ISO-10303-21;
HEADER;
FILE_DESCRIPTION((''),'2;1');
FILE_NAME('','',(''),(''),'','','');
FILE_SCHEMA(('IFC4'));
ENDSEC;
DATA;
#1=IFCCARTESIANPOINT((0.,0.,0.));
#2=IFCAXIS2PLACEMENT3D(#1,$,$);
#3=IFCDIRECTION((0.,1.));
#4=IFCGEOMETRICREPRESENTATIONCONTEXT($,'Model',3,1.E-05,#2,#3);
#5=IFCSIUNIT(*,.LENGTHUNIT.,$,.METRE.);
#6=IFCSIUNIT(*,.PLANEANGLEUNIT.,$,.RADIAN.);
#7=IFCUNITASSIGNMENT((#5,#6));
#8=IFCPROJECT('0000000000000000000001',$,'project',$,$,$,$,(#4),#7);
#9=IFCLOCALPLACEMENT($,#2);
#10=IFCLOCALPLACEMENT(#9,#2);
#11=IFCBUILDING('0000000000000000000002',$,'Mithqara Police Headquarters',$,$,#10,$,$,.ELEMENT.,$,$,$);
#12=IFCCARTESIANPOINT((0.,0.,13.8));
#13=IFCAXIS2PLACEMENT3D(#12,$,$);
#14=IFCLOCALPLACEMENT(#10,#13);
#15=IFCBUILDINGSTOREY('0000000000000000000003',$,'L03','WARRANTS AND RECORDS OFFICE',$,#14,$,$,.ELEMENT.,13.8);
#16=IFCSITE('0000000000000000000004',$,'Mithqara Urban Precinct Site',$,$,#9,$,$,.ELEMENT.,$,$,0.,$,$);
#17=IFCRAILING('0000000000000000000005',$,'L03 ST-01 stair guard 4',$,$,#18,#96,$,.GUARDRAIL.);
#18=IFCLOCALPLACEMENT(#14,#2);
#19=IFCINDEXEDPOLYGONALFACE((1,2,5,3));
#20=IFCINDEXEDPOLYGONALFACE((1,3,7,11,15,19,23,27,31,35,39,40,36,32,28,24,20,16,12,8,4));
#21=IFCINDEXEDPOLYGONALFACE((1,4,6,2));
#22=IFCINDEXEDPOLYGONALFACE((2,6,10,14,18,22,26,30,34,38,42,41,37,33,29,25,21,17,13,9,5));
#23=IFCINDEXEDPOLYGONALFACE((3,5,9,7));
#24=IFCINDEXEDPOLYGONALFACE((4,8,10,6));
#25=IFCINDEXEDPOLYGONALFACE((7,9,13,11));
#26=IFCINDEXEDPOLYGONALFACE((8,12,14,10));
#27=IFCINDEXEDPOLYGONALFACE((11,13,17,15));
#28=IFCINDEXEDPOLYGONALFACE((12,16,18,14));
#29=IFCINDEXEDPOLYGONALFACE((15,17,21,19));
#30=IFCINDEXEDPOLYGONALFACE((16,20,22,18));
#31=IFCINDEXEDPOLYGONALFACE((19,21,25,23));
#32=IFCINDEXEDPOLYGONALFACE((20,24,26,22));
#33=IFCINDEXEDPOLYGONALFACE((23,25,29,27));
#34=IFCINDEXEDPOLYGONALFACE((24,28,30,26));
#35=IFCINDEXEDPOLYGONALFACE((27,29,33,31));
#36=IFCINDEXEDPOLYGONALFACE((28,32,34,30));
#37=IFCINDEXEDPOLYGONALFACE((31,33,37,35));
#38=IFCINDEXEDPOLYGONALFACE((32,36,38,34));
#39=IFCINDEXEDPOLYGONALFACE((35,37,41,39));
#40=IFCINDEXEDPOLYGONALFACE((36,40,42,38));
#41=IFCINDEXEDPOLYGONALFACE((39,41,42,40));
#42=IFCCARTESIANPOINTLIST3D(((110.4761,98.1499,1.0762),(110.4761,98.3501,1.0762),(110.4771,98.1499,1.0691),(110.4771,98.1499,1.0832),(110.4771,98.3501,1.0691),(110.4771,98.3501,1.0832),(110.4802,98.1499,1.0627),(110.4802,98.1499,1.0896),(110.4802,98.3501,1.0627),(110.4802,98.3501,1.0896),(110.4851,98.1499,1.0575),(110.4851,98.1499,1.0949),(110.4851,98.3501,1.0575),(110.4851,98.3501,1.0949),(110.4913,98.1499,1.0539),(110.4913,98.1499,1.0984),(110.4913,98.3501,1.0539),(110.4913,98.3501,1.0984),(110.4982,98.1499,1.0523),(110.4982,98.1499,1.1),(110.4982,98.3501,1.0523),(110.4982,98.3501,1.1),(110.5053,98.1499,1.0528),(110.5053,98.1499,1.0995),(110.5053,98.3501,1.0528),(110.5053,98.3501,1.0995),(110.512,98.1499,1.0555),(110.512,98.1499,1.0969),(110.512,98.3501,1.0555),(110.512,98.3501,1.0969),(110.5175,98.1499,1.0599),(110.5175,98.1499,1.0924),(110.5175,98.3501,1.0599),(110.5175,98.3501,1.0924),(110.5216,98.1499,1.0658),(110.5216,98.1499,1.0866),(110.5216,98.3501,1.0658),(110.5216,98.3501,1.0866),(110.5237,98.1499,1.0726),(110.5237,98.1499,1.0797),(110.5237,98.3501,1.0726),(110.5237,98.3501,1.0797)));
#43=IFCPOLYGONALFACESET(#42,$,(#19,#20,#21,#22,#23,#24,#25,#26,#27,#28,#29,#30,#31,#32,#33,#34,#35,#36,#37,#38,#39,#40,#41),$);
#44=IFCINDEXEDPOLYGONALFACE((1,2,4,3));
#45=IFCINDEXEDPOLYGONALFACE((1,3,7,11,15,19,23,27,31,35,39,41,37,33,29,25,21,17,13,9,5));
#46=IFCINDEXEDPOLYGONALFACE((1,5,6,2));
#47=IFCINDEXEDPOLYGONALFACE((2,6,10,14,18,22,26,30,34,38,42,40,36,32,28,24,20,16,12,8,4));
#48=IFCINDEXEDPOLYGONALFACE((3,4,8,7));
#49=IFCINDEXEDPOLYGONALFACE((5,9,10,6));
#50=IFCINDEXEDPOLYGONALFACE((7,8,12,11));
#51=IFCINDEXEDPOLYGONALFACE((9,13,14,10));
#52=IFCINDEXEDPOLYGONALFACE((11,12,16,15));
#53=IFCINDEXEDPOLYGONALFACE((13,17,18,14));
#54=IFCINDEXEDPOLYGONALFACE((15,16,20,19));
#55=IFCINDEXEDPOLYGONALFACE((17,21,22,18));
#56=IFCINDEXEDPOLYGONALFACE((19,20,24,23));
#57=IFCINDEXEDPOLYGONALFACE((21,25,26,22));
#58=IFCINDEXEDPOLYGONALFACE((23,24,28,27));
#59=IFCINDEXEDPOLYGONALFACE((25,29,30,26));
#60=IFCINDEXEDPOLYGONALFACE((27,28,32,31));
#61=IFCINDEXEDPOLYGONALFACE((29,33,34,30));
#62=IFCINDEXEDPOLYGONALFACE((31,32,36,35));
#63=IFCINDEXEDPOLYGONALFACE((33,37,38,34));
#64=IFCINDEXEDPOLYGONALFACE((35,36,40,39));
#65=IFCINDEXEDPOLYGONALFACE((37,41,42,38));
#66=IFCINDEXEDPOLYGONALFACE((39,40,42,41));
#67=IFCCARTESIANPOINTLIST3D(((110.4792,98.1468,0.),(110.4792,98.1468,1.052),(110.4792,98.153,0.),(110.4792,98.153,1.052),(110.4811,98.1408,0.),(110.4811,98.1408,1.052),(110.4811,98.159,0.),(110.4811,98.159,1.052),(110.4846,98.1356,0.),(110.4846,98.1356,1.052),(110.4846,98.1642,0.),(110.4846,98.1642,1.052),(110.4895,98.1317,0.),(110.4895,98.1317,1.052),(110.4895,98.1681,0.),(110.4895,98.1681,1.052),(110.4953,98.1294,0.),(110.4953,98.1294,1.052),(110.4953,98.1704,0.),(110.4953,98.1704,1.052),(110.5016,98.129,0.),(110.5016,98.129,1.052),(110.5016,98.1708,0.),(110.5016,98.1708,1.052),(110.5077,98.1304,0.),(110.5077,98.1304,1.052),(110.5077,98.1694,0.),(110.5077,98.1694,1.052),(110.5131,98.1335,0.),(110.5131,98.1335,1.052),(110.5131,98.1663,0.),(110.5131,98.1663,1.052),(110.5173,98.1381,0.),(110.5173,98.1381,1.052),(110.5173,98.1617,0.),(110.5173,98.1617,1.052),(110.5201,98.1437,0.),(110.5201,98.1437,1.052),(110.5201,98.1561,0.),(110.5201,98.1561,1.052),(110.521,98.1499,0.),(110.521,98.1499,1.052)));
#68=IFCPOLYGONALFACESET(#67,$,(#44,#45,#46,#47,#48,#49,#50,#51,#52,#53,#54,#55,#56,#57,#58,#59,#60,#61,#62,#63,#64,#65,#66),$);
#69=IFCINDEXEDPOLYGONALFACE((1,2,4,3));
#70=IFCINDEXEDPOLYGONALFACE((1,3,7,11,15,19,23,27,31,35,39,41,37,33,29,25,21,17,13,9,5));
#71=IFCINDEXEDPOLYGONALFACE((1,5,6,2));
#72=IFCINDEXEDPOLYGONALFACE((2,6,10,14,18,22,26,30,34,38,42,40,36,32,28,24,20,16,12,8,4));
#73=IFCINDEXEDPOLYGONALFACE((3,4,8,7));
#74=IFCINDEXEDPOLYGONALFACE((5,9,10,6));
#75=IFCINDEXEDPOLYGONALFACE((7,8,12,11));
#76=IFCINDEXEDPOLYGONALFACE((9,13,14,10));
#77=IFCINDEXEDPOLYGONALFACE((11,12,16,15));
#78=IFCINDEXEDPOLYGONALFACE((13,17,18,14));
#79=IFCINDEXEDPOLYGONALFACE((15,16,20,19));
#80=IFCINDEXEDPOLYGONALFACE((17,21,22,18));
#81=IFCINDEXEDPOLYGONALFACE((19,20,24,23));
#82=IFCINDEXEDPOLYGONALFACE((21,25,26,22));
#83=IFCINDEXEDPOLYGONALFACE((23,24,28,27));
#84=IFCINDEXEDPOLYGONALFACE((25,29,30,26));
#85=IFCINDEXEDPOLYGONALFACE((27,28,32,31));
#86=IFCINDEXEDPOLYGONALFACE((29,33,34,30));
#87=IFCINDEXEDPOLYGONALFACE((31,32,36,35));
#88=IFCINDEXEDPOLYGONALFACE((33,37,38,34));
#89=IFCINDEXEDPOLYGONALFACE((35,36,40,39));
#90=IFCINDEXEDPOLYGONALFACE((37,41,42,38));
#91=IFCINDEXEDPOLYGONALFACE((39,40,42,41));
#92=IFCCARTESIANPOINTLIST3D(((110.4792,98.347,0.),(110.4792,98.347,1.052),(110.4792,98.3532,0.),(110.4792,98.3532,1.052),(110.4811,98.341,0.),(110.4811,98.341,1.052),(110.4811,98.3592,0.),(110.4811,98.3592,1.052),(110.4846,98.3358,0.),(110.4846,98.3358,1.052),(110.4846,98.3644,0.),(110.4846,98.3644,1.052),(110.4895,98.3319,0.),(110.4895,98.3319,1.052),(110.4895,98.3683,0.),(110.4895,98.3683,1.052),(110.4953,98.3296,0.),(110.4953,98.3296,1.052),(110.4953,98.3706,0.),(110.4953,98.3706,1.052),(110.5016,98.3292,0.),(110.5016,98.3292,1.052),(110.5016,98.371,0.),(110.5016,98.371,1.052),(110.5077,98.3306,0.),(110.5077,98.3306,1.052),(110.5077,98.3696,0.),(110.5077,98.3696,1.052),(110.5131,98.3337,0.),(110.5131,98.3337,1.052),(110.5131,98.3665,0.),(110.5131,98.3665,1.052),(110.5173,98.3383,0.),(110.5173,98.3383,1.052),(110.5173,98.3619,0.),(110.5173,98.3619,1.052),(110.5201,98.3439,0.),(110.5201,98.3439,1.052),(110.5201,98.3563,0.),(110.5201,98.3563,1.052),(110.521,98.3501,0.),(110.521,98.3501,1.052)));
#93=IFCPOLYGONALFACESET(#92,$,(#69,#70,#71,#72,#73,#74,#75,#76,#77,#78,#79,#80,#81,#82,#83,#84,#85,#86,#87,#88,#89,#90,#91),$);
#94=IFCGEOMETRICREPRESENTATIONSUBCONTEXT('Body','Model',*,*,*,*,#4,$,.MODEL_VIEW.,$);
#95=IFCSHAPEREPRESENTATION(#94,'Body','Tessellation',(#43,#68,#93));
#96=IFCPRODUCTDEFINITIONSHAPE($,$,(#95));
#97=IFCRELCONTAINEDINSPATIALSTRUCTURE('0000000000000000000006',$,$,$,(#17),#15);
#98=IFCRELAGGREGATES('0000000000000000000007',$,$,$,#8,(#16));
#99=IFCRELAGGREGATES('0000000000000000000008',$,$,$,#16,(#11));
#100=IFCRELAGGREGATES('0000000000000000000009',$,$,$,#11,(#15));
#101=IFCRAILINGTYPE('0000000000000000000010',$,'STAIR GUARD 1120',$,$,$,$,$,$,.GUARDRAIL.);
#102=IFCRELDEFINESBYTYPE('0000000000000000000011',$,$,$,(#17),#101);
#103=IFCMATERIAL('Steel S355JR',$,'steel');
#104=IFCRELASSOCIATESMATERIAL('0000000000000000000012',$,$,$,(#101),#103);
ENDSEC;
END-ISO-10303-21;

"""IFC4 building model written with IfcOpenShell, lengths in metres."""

from ifc_helpers import new_model, si_unit, direction, frame, origin, origin_2d, place, context, subcontext, project, spatial, circle, extrude, material, type_object, element, save


model = new_model("IFC4")

# Units and contexts
model_context = context("Model", 3, precision=1e-05, world=origin(), true_north=direction((0.0, 1.0)))
body_context = subcontext(model_context, "Body", "Model", "MODEL_VIEW")
ifc_project = project(units=[si_unit("LENGTHUNIT", "METRE"), si_unit("PLANEANGLEUNIT", "RADIAN")], contexts=[model_context])

# Site, building, storey
site_placement = place(None, origin())
site = spatial("IfcSite", under=ifc_project, at=site_placement, Name="Mithqara Urban Precinct Site", CompositionType="ELEMENT", RefElevation=0.0)
building_placement = place(site_placement, origin())
building = spatial("IfcBuilding", under=site, at=building_placement, Name="Mithqara Police Headquarters", CompositionType="ELEMENT")
storey_placement = place(building_placement, frame((0.0, 0.0, 13.8)))
storey = spatial("IfcBuildingStorey", under=building, at=storey_placement, Name="L03", Description="WARRANTS AND RECORDS OFFICE", CompositionType="ELEMENT", Elevation=13.8)

# Shared definitions
ifc_material_1 = material(Name="Steel S355JR", Category="steel")

# Railing
railing_type_1 = type_object("IfcRailingType", Name="STAIR GUARD 1120", PredefinedType="GUARDRAIL", material=ifc_material_1)
railing_1_placement = place(storey_placement, frame((110.5, 98.1499, 0.0)))
element("IfcRailing", 1, at=railing_1_placement, inside=storey, type_object=railing_type_1, Name="L03 ST-01 stair guard 4", PredefinedType="GUARDRAIL", context=body_context, shape_type="SweptSolid", body=[
    extrude(circle(Radius=0.0239, at=origin_2d()), frame((0.0, 0.0, 1.0762), z_axis=(0.0, 1.0, 0.0), x_axis=(-1.0, 0.0, 0.0)), (0.0, 0.0, 1.0), 0.2002),
    extrude(circle(Radius=0.021, at=origin_2d()), origin(), (0.0, 0.0, 1.0), 1.052),
    extrude(circle(Radius=0.021, at=origin_2d()), frame((0.0, 0.2002, 0.0)), (0.0, 0.0, 1.0), 1.052),
])

save(model, "model.ifc")
